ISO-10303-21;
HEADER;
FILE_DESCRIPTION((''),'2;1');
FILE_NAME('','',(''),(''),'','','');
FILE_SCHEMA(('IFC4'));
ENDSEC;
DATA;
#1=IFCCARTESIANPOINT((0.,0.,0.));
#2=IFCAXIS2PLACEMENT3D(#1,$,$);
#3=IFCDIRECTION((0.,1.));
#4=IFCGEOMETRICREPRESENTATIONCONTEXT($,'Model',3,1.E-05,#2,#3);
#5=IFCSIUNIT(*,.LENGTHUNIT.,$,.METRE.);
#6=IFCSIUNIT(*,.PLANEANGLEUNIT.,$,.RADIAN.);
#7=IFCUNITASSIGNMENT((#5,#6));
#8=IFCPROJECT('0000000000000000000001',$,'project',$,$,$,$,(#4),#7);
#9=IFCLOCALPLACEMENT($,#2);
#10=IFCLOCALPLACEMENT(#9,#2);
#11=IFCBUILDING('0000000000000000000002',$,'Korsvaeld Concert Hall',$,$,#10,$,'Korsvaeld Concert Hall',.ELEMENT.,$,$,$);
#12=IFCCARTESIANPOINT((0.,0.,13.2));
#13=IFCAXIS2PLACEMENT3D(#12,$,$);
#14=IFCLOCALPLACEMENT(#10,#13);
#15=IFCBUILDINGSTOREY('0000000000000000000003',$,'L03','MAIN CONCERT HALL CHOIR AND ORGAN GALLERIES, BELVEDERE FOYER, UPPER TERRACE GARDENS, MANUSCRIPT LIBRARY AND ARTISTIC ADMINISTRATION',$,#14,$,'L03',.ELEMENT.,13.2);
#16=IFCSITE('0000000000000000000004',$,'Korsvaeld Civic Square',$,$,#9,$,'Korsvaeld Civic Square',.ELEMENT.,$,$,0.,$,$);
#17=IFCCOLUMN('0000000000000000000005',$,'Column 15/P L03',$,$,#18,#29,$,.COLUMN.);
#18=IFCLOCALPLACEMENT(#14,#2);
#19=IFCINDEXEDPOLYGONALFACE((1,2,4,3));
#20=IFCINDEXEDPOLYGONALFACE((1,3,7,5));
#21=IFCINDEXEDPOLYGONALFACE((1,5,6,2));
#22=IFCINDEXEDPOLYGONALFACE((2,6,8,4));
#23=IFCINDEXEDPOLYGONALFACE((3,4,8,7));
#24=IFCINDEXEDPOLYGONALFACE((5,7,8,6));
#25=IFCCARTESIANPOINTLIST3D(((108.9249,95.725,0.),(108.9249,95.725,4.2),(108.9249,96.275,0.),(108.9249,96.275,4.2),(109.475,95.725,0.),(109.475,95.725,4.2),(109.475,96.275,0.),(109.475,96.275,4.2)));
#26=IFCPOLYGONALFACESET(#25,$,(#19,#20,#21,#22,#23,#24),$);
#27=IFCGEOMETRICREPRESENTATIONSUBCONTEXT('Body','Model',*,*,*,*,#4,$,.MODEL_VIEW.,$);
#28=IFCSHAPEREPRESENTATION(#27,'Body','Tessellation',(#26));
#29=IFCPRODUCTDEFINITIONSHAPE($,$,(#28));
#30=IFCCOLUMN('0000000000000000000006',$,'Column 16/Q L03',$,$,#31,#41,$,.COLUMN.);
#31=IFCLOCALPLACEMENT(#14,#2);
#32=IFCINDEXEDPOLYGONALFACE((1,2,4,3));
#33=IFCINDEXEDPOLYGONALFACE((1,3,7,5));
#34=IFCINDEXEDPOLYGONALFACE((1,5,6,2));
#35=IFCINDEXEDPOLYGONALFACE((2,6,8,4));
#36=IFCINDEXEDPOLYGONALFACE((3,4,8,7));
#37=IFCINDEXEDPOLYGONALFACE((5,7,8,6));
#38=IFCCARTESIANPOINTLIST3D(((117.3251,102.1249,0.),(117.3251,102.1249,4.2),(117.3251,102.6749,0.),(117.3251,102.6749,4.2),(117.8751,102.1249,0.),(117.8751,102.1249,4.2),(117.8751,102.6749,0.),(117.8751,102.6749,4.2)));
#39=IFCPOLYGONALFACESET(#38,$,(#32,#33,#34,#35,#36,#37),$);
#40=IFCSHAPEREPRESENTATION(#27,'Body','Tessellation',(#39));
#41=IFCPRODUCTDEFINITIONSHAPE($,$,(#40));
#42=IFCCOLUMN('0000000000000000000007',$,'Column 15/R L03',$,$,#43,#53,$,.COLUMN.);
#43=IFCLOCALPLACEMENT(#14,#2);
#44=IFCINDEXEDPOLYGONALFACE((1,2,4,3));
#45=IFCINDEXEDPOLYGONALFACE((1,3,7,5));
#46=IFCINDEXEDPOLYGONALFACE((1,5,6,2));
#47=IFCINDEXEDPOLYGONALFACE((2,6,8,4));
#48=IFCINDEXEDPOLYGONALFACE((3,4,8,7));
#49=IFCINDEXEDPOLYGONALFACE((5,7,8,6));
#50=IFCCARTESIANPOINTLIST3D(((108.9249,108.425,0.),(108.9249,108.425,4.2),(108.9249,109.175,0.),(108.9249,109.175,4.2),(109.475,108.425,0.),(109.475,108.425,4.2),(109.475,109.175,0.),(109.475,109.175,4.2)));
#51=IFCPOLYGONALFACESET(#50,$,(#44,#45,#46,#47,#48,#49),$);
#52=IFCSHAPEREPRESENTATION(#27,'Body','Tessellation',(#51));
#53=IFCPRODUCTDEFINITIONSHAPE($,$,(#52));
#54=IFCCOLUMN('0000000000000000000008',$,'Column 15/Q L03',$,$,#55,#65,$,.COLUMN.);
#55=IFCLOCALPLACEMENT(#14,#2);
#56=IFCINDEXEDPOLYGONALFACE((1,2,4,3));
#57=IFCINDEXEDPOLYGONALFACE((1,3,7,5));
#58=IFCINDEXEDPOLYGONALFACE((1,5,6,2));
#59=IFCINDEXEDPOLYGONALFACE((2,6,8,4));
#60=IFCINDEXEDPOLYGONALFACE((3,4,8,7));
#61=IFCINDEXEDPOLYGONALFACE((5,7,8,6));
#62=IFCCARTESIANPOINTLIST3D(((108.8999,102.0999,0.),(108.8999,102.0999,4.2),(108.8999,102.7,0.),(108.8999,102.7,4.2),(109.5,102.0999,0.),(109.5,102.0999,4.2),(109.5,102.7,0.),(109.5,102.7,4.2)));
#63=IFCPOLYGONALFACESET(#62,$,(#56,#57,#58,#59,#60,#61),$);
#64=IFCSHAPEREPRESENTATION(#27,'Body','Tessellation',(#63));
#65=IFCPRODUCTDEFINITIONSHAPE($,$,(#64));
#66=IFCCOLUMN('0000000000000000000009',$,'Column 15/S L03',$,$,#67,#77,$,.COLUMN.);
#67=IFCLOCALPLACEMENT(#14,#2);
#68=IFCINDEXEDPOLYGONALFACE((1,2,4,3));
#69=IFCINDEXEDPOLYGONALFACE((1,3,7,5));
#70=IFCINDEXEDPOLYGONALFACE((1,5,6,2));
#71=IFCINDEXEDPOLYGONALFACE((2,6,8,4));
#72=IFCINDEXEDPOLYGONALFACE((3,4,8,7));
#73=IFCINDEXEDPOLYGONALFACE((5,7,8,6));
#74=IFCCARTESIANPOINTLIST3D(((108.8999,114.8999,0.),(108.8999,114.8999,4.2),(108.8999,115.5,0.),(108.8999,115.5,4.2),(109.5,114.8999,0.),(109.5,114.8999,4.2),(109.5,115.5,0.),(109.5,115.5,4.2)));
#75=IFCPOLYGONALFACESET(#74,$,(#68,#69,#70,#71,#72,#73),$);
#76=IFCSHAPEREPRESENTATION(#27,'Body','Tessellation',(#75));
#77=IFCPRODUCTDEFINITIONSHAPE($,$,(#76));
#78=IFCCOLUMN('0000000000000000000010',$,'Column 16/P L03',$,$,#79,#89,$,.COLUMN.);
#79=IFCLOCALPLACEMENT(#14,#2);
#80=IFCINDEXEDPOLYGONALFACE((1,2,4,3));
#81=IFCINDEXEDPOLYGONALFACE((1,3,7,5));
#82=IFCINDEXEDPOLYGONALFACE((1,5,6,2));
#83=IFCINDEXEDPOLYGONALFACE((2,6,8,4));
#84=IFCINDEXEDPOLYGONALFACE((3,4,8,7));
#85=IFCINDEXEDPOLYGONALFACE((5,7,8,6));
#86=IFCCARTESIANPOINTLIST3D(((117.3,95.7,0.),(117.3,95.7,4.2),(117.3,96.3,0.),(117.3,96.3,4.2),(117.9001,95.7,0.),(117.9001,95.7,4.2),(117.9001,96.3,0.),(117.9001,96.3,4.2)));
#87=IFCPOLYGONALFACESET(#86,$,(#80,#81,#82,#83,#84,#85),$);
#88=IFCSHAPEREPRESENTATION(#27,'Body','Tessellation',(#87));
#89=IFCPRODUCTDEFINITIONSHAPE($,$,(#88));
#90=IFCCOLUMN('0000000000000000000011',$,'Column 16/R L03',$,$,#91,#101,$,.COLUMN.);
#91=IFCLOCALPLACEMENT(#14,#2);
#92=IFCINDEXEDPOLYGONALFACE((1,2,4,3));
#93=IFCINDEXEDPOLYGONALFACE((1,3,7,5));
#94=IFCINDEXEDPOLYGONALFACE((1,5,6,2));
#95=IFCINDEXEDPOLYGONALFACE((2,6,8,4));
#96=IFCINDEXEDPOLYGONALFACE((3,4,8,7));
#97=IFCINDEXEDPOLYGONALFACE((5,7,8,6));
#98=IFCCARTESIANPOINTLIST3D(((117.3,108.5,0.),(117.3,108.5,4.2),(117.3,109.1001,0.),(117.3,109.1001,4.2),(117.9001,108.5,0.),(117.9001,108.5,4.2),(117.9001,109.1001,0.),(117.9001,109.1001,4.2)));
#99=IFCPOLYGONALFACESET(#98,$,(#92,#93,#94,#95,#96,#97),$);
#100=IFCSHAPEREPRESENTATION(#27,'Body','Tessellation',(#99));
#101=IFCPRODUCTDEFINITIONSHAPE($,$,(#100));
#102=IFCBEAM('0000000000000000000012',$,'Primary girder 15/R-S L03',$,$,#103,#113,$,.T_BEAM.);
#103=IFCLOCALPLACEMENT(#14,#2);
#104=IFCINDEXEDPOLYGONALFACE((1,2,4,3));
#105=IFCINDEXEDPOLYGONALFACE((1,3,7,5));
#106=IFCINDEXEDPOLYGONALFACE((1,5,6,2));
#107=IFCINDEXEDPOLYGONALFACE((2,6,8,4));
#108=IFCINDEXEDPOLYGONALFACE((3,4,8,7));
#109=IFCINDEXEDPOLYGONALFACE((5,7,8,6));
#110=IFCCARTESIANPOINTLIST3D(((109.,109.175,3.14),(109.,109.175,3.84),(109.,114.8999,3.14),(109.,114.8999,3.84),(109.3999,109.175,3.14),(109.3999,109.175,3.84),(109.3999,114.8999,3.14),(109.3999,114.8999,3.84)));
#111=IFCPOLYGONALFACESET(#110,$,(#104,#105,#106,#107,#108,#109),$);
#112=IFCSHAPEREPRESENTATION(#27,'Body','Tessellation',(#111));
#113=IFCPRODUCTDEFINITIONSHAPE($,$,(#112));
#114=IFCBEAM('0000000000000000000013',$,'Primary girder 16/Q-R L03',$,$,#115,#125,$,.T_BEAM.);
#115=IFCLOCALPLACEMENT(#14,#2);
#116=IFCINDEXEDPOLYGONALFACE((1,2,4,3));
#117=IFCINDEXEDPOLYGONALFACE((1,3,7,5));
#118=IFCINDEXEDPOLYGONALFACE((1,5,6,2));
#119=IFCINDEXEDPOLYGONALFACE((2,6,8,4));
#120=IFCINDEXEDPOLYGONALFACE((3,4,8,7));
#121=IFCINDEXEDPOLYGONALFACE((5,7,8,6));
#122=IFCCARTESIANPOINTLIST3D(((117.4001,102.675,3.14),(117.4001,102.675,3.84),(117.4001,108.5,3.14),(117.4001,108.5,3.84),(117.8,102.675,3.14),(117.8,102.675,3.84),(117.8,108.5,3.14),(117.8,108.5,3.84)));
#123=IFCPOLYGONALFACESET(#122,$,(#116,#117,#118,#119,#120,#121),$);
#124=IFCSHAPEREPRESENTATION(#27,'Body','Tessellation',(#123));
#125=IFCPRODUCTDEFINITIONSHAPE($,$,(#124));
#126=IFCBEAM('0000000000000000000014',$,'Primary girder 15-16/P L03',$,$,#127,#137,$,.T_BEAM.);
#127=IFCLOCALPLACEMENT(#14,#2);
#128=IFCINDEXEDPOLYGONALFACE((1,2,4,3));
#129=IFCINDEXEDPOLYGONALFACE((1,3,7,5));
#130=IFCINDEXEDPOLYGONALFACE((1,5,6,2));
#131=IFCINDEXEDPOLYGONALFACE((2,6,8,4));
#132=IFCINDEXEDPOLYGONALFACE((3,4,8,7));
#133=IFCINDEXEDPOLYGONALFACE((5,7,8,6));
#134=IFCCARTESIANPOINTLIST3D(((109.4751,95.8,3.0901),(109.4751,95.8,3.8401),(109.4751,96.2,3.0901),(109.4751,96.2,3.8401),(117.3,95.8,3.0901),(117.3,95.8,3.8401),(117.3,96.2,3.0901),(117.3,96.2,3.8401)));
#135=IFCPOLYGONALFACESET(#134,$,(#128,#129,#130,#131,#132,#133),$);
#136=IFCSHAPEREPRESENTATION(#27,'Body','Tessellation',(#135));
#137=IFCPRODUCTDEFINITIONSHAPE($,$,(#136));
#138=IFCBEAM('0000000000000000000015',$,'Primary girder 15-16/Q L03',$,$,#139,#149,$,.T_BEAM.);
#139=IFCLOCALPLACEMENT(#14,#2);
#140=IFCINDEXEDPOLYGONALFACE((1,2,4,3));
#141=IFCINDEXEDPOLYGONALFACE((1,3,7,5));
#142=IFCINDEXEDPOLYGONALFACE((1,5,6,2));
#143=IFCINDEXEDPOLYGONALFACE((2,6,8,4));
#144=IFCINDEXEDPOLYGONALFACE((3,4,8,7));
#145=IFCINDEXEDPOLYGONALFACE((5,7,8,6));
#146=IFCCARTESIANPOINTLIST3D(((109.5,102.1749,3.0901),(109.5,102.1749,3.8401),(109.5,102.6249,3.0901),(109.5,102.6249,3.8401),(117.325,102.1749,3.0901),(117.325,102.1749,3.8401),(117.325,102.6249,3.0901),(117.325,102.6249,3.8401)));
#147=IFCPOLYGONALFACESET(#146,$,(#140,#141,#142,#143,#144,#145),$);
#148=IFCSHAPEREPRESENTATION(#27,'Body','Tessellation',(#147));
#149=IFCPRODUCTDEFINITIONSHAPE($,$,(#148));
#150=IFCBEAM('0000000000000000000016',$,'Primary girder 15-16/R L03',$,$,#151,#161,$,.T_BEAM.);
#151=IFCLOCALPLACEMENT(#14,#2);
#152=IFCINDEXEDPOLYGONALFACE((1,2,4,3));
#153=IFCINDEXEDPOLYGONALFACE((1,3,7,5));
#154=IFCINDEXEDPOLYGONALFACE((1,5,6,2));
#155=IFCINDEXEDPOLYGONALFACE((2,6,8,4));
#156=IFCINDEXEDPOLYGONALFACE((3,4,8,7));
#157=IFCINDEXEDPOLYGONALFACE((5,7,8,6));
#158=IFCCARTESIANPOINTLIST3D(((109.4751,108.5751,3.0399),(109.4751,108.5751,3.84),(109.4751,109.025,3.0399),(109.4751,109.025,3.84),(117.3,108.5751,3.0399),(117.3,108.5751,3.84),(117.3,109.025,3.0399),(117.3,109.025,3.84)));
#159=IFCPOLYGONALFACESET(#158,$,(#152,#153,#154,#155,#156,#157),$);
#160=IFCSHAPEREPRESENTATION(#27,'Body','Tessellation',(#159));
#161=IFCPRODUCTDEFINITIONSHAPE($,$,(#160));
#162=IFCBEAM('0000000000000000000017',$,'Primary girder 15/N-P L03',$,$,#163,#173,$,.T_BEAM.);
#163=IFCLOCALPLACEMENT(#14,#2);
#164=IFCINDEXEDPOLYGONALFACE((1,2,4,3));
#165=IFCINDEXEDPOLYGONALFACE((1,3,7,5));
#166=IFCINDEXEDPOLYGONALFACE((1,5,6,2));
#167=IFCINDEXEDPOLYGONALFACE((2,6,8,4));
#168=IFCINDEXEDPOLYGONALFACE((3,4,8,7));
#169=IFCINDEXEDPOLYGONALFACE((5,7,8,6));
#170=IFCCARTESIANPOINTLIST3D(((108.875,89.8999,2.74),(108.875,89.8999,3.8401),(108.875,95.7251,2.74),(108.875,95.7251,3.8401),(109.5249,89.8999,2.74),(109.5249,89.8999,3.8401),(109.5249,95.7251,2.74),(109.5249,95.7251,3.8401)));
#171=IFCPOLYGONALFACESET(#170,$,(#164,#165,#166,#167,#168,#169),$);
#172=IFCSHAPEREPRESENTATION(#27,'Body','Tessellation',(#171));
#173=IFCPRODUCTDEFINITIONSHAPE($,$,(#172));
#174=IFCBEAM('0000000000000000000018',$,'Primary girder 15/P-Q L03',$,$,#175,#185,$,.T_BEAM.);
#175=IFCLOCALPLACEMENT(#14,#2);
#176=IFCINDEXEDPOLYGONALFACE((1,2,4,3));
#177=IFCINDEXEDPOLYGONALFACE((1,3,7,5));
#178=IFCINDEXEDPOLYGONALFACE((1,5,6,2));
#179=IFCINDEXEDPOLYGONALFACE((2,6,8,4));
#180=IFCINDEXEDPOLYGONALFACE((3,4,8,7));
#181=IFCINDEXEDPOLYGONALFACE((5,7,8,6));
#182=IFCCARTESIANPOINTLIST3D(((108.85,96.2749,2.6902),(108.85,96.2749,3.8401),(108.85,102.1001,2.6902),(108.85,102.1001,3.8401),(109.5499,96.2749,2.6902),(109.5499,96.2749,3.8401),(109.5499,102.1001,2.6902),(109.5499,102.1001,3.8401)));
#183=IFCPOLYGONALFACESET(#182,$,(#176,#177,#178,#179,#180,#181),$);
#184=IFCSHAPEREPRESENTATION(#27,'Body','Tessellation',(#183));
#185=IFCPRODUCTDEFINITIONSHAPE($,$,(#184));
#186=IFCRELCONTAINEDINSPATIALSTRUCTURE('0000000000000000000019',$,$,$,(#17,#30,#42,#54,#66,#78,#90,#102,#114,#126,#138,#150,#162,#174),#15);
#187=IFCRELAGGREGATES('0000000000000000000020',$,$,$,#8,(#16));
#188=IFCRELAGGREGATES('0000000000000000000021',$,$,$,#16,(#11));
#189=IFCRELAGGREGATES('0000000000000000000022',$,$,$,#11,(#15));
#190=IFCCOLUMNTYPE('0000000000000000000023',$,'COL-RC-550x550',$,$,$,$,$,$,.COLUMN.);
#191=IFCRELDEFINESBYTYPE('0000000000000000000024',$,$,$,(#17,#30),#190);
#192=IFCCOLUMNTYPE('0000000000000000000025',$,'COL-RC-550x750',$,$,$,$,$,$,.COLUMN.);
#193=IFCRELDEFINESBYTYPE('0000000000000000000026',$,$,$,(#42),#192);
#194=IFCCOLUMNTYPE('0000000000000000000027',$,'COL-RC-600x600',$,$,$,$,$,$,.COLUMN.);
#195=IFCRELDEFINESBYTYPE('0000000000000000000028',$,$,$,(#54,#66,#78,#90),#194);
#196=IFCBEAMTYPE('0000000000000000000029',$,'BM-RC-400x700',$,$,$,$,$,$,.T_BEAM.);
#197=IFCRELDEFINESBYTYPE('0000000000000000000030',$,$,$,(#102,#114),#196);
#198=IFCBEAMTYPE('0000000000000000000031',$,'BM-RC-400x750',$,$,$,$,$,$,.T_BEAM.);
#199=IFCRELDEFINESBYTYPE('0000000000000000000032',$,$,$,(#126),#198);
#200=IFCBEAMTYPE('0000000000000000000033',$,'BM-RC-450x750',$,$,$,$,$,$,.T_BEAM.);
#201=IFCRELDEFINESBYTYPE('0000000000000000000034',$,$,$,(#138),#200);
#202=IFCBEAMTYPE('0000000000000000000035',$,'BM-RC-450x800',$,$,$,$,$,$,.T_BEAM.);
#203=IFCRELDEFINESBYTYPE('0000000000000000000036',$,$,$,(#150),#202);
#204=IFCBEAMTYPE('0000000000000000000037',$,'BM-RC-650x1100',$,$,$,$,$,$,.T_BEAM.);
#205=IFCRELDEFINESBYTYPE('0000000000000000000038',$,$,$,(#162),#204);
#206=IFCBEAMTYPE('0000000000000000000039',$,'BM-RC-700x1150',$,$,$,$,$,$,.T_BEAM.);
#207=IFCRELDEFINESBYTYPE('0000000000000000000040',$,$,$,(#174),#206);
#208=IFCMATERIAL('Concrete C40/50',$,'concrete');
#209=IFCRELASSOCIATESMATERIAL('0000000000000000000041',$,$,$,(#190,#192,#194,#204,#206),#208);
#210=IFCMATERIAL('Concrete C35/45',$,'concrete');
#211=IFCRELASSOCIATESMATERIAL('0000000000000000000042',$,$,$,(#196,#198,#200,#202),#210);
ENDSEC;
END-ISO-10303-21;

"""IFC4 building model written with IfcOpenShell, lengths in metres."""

from ifc_helpers import new_model, si_unit, direction, frame, origin, origin_2d, place, context, subcontext, project, spatial, rectangle, extrude, material, material_profile, profile_set, type_object, element, save


model = new_model("IFC4")

# Units and contexts
model_context = context("Model", 3, precision=1e-05, world=origin(), true_north=direction((0.0, 1.0)))
body_context = subcontext(model_context, "Body", "Model", "MODEL_VIEW")
ifc_project = project(units=[si_unit("LENGTHUNIT", "METRE"), si_unit("PLANEANGLEUNIT", "RADIAN")], contexts=[model_context])

# Site, building, storey
site_placement = place(None, origin())
site = spatial("IfcSite", under=ifc_project, at=site_placement, Name="Korsvaeld Civic Square", LongName="Korsvaeld Civic Square", CompositionType="ELEMENT", RefElevation=0.0)
building_placement = place(site_placement, origin())
building = spatial("IfcBuilding", under=site, at=building_placement, Name="Korsvaeld Concert Hall", LongName="Korsvaeld Concert Hall", CompositionType="ELEMENT")
storey_placement = place(building_placement, frame((0.0, 0.0, 13.2)))
storey = spatial("IfcBuildingStorey", under=building, at=storey_placement, Name="L03", Description="MAIN CONCERT HALL CHOIR AND ORGAN GALLERIES, BELVEDERE FOYER, UPPER TERRACE GARDENS, MANUSCRIPT LIBRARY AND ARTISTIC ADMINISTRATION", LongName="L03", CompositionType="ELEMENT", Elevation=13.2)

# Columns
ifc_material_1 = material(Name="Concrete C40/50", Category="concrete")
ifc_material_profile_1 = material_profile(ifc_material_1, rectangle(XDim=0.55, YDim=0.55, at=origin_2d()), Name="RC 550x550")
ifc_profile_set_1 = profile_set([ifc_material_profile_1], Name="Concrete C40/50")
column_type_1 = type_object("IfcColumnType", Name="COL-RC-550x550", PredefinedType="COLUMN", material=ifc_profile_set_1)
for number, where, z_axis, x_axis, name in (
    (1, (109.2, 96.0, 0.0), (0.0, 0.0, 1.0), (1.0, 0.0, 0.0), "Column 15/P L03"),
    (2, (117.6001, 102.3999, 0.0), (0.0, 0.0, 1.0), (1.0, 0.0, 0.0), "Column 16/Q L03"),
):
    element("IfcColumn", number, at=place(storey_placement, frame(where, z_axis=z_axis, x_axis=x_axis)), inside=storey, type_object=column_type_1, Name=name, PredefinedType="COLUMN", context=body_context, shape_type="SweptSolid", body=[
        extrude(rectangle(XDim=0.55, YDim=0.55, at=origin_2d()), origin(), (0.0, 0.0, 1.0), 4.2),
    ])
ifc_material_profile_2 = material_profile(ifc_material_1, rectangle(XDim=0.55, YDim=0.75, at=origin_2d()), Name="RC 550x750")
ifc_profile_set_2 = profile_set([ifc_material_profile_2], Name="Concrete C40/50")
column_type_2 = type_object("IfcColumnType", Name="COL-RC-550x750", PredefinedType="COLUMN", material=ifc_profile_set_2)
column_placement = place(storey_placement, frame((109.2, 108.8, 0.0), z_axis=(0.0, 0.0, 1.0), x_axis=(1.0, 0.0, 0.0)))
element("IfcColumn", 3, at=column_placement, inside=storey, type_object=column_type_2, Name="Column 15/R L03", PredefinedType="COLUMN", context=body_context, shape_type="SweptSolid", body=[
    extrude(rectangle(XDim=0.55, YDim=0.75, at=origin_2d()), origin(), (0.0, 0.0, 1.0), 4.2),
])
ifc_material_profile_3 = material_profile(ifc_material_1, rectangle(XDim=0.6001, YDim=0.6001, at=origin_2d()), Name="RC 600x600")
ifc_profile_set_3 = profile_set([ifc_material_profile_3], Name="Concrete C40/50")
column_type_3 = type_object("IfcColumnType", Name="COL-RC-600x600", PredefinedType="COLUMN", material=ifc_profile_set_3)
for number, where, z_axis, x_axis, name in (
    (4, (109.2, 102.3999, 0.0), (0.0, 0.0, 1.0), (1.0, 0.0, 0.0), "Column 15/Q L03"),
    (5, (109.2, 115.2, 0.0), (0.0, 0.0, 1.0), (1.0, 0.0, 0.0), "Column 15/S L03"),
    (6, (117.6001, 96.0, 0.0), (0.0, 0.0, 1.0), (1.0, 0.0, 0.0), "Column 16/P L03"),
    (7, (117.6001, 108.8, 0.0), (0.0, 0.0, 1.0), (1.0, 0.0, 0.0), "Column 16/R L03"),
):
    element("IfcColumn", number, at=place(storey_placement, frame(where, z_axis=z_axis, x_axis=x_axis)), inside=storey, type_object=column_type_3, Name=name, PredefinedType="COLUMN", context=body_context, shape_type="SweptSolid", body=[
        extrude(rectangle(XDim=0.6001, YDim=0.6001, at=origin_2d()), origin(), (0.0, 0.0, 1.0), 4.2),
    ])

# Beams
ifc_material_2 = material(Name="Concrete C35/45", Category="concrete")
ifc_material_profile_4 = material_profile(ifc_material_2, rectangle(XDim=0.3999, YDim=0.7, at=origin_2d()), Name="RC 400x700")
ifc_profile_set_4 = profile_set([ifc_material_profile_4], Name="Concrete C35/45")
beam_type_1 = type_object("IfcBeamType", Name="BM-RC-400x700", PredefinedType="T_BEAM", material=ifc_profile_set_4)
beam_1_placement = place(storey_placement, frame((109.2, 109.175, 3.49), z_axis=(0.0, 1.0, 0.0), x_axis=(-1.0, 0.0, 0.0)))
element("IfcBeam", 8, at=beam_1_placement, inside=storey, type_object=beam_type_1, Name="Primary girder 15/R-S L03", PredefinedType="T_BEAM", context=body_context, shape_type="SweptSolid", body=[
    extrude(rectangle(XDim=0.3999, YDim=0.7, at=origin_2d()), origin(), (0.0, 0.0, 1.0), 5.7249),
])
beam_2_placement = place(storey_placement, frame((117.6001, 102.675, 3.49), z_axis=(0.0, 1.0, 0.0), x_axis=(-1.0, 0.0, 0.0)))
element("IfcBeam", 9, at=beam_2_placement, inside=storey, type_object=beam_type_1, Name="Primary girder 16/Q-R L03", PredefinedType="T_BEAM", context=body_context, shape_type="SweptSolid", body=[
    extrude(rectangle(XDim=0.3999, YDim=0.7, at=origin_2d()), origin(), (0.0, 0.0, 1.0), 5.825),
])
ifc_material_profile_5 = material_profile(ifc_material_2, rectangle(XDim=0.3999, YDim=0.75, at=origin_2d()), Name="RC 400x750")
ifc_profile_set_5 = profile_set([ifc_material_profile_5], Name="Concrete C35/45")
beam_type_2 = type_object("IfcBeamType", Name="BM-RC-400x750", PredefinedType="T_BEAM", material=ifc_profile_set_5)
beam_3_placement = place(storey_placement, frame((109.4751, 96.0, 3.4651), z_axis=(1.0, 0.0, 0.0), x_axis=(0.0, 1.0, 0.0)))
element("IfcBeam", 10, at=beam_3_placement, inside=storey, type_object=beam_type_2, Name="Primary girder 15-16/P L03", PredefinedType="T_BEAM", context=body_context, shape_type="SweptSolid", body=[
    extrude(rectangle(XDim=0.3999, YDim=0.75, at=origin_2d()), origin(), (0.0, 0.0, 1.0), 7.825),
])
ifc_material_profile_6 = material_profile(ifc_material_2, rectangle(XDim=0.45, YDim=0.75, at=origin_2d()), Name="RC 450x750")
ifc_profile_set_6 = profile_set([ifc_material_profile_6], Name="Concrete C35/45")
beam_type_3 = type_object("IfcBeamType", Name="BM-RC-450x750", PredefinedType="T_BEAM", material=ifc_profile_set_6)
beam_4_placement = place(storey_placement, frame((109.5, 102.3999, 3.4651), z_axis=(1.0, 0.0, 0.0), x_axis=(0.0, 1.0, 0.0)))
element("IfcBeam", 11, at=beam_4_placement, inside=storey, type_object=beam_type_3, Name="Primary girder 15-16/Q L03", PredefinedType="T_BEAM", context=body_context, shape_type="SweptSolid", body=[
    extrude(rectangle(XDim=0.45, YDim=0.75, at=origin_2d()), origin(), (0.0, 0.0, 1.0), 7.825),
])
ifc_material_profile_7 = material_profile(ifc_material_2, rectangle(XDim=0.45, YDim=0.8, at=origin_2d()), Name="RC 450x800")
ifc_profile_set_7 = profile_set([ifc_material_profile_7], Name="Concrete C35/45")
beam_type_4 = type_object("IfcBeamType", Name="BM-RC-450x800", PredefinedType="T_BEAM", material=ifc_profile_set_7)
beam_5_placement = place(storey_placement, frame((109.4751, 108.8, 3.4399), z_axis=(1.0, 0.0, 0.0), x_axis=(0.0, 1.0, 0.0)))
element("IfcBeam", 12, at=beam_5_placement, inside=storey, type_object=beam_type_4, Name="Primary girder 15-16/R L03", PredefinedType="T_BEAM", context=body_context, shape_type="SweptSolid", body=[
    extrude(rectangle(XDim=0.45, YDim=0.8, at=origin_2d()), origin(), (0.0, 0.0, 1.0), 7.825),
])
ifc_material_profile_8 = material_profile(ifc_material_1, rectangle(XDim=0.6499, YDim=1.1001, at=origin_2d()), Name="RC 650x1100")
ifc_profile_set_8 = profile_set([ifc_material_profile_8], Name="Concrete C40/50")
beam_type_5 = type_object("IfcBeamType", Name="BM-RC-650x1100", PredefinedType="T_BEAM", material=ifc_profile_set_8)
beam_6_placement = place(storey_placement, frame((109.2, 89.8999, 3.29), z_axis=(0.0, 1.0, 0.0), x_axis=(-1.0, 0.0, 0.0)))
element("IfcBeam", 13, at=beam_6_placement, inside=storey, type_object=beam_type_5, Name="Primary girder 15/N-P L03", PredefinedType="T_BEAM", context=body_context, shape_type="SweptSolid", body=[
    extrude(rectangle(XDim=0.6499, YDim=1.1001, at=origin_2d()), origin(), (0.0, 0.0, 1.0), 5.8252),
])
ifc_material_profile_9 = material_profile(ifc_material_1, rectangle(XDim=0.7, YDim=1.1499, at=origin_2d()), Name="RC 700x1150")
ifc_profile_set_9 = profile_set([ifc_material_profile_9], Name="Concrete C40/50")
beam_type_6 = type_object("IfcBeamType", Name="BM-RC-700x1150", PredefinedType="T_BEAM", material=ifc_profile_set_9)
beam_7_placement = place(storey_placement, frame((109.2, 96.2749, 3.2651), z_axis=(0.0, 1.0, 0.0), x_axis=(-1.0, 0.0, 0.0)))
element("IfcBeam", 14, at=beam_7_placement, inside=storey, type_object=beam_type_6, Name="Primary girder 15/P-Q L03", PredefinedType="T_BEAM", context=body_context, shape_type="SweptSolid", body=[
    extrude(rectangle(XDim=0.7, YDim=1.1499, at=origin_2d()), origin(), (0.0, 0.0, 1.0), 5.8252),
])

save(model, "model.ifc")
